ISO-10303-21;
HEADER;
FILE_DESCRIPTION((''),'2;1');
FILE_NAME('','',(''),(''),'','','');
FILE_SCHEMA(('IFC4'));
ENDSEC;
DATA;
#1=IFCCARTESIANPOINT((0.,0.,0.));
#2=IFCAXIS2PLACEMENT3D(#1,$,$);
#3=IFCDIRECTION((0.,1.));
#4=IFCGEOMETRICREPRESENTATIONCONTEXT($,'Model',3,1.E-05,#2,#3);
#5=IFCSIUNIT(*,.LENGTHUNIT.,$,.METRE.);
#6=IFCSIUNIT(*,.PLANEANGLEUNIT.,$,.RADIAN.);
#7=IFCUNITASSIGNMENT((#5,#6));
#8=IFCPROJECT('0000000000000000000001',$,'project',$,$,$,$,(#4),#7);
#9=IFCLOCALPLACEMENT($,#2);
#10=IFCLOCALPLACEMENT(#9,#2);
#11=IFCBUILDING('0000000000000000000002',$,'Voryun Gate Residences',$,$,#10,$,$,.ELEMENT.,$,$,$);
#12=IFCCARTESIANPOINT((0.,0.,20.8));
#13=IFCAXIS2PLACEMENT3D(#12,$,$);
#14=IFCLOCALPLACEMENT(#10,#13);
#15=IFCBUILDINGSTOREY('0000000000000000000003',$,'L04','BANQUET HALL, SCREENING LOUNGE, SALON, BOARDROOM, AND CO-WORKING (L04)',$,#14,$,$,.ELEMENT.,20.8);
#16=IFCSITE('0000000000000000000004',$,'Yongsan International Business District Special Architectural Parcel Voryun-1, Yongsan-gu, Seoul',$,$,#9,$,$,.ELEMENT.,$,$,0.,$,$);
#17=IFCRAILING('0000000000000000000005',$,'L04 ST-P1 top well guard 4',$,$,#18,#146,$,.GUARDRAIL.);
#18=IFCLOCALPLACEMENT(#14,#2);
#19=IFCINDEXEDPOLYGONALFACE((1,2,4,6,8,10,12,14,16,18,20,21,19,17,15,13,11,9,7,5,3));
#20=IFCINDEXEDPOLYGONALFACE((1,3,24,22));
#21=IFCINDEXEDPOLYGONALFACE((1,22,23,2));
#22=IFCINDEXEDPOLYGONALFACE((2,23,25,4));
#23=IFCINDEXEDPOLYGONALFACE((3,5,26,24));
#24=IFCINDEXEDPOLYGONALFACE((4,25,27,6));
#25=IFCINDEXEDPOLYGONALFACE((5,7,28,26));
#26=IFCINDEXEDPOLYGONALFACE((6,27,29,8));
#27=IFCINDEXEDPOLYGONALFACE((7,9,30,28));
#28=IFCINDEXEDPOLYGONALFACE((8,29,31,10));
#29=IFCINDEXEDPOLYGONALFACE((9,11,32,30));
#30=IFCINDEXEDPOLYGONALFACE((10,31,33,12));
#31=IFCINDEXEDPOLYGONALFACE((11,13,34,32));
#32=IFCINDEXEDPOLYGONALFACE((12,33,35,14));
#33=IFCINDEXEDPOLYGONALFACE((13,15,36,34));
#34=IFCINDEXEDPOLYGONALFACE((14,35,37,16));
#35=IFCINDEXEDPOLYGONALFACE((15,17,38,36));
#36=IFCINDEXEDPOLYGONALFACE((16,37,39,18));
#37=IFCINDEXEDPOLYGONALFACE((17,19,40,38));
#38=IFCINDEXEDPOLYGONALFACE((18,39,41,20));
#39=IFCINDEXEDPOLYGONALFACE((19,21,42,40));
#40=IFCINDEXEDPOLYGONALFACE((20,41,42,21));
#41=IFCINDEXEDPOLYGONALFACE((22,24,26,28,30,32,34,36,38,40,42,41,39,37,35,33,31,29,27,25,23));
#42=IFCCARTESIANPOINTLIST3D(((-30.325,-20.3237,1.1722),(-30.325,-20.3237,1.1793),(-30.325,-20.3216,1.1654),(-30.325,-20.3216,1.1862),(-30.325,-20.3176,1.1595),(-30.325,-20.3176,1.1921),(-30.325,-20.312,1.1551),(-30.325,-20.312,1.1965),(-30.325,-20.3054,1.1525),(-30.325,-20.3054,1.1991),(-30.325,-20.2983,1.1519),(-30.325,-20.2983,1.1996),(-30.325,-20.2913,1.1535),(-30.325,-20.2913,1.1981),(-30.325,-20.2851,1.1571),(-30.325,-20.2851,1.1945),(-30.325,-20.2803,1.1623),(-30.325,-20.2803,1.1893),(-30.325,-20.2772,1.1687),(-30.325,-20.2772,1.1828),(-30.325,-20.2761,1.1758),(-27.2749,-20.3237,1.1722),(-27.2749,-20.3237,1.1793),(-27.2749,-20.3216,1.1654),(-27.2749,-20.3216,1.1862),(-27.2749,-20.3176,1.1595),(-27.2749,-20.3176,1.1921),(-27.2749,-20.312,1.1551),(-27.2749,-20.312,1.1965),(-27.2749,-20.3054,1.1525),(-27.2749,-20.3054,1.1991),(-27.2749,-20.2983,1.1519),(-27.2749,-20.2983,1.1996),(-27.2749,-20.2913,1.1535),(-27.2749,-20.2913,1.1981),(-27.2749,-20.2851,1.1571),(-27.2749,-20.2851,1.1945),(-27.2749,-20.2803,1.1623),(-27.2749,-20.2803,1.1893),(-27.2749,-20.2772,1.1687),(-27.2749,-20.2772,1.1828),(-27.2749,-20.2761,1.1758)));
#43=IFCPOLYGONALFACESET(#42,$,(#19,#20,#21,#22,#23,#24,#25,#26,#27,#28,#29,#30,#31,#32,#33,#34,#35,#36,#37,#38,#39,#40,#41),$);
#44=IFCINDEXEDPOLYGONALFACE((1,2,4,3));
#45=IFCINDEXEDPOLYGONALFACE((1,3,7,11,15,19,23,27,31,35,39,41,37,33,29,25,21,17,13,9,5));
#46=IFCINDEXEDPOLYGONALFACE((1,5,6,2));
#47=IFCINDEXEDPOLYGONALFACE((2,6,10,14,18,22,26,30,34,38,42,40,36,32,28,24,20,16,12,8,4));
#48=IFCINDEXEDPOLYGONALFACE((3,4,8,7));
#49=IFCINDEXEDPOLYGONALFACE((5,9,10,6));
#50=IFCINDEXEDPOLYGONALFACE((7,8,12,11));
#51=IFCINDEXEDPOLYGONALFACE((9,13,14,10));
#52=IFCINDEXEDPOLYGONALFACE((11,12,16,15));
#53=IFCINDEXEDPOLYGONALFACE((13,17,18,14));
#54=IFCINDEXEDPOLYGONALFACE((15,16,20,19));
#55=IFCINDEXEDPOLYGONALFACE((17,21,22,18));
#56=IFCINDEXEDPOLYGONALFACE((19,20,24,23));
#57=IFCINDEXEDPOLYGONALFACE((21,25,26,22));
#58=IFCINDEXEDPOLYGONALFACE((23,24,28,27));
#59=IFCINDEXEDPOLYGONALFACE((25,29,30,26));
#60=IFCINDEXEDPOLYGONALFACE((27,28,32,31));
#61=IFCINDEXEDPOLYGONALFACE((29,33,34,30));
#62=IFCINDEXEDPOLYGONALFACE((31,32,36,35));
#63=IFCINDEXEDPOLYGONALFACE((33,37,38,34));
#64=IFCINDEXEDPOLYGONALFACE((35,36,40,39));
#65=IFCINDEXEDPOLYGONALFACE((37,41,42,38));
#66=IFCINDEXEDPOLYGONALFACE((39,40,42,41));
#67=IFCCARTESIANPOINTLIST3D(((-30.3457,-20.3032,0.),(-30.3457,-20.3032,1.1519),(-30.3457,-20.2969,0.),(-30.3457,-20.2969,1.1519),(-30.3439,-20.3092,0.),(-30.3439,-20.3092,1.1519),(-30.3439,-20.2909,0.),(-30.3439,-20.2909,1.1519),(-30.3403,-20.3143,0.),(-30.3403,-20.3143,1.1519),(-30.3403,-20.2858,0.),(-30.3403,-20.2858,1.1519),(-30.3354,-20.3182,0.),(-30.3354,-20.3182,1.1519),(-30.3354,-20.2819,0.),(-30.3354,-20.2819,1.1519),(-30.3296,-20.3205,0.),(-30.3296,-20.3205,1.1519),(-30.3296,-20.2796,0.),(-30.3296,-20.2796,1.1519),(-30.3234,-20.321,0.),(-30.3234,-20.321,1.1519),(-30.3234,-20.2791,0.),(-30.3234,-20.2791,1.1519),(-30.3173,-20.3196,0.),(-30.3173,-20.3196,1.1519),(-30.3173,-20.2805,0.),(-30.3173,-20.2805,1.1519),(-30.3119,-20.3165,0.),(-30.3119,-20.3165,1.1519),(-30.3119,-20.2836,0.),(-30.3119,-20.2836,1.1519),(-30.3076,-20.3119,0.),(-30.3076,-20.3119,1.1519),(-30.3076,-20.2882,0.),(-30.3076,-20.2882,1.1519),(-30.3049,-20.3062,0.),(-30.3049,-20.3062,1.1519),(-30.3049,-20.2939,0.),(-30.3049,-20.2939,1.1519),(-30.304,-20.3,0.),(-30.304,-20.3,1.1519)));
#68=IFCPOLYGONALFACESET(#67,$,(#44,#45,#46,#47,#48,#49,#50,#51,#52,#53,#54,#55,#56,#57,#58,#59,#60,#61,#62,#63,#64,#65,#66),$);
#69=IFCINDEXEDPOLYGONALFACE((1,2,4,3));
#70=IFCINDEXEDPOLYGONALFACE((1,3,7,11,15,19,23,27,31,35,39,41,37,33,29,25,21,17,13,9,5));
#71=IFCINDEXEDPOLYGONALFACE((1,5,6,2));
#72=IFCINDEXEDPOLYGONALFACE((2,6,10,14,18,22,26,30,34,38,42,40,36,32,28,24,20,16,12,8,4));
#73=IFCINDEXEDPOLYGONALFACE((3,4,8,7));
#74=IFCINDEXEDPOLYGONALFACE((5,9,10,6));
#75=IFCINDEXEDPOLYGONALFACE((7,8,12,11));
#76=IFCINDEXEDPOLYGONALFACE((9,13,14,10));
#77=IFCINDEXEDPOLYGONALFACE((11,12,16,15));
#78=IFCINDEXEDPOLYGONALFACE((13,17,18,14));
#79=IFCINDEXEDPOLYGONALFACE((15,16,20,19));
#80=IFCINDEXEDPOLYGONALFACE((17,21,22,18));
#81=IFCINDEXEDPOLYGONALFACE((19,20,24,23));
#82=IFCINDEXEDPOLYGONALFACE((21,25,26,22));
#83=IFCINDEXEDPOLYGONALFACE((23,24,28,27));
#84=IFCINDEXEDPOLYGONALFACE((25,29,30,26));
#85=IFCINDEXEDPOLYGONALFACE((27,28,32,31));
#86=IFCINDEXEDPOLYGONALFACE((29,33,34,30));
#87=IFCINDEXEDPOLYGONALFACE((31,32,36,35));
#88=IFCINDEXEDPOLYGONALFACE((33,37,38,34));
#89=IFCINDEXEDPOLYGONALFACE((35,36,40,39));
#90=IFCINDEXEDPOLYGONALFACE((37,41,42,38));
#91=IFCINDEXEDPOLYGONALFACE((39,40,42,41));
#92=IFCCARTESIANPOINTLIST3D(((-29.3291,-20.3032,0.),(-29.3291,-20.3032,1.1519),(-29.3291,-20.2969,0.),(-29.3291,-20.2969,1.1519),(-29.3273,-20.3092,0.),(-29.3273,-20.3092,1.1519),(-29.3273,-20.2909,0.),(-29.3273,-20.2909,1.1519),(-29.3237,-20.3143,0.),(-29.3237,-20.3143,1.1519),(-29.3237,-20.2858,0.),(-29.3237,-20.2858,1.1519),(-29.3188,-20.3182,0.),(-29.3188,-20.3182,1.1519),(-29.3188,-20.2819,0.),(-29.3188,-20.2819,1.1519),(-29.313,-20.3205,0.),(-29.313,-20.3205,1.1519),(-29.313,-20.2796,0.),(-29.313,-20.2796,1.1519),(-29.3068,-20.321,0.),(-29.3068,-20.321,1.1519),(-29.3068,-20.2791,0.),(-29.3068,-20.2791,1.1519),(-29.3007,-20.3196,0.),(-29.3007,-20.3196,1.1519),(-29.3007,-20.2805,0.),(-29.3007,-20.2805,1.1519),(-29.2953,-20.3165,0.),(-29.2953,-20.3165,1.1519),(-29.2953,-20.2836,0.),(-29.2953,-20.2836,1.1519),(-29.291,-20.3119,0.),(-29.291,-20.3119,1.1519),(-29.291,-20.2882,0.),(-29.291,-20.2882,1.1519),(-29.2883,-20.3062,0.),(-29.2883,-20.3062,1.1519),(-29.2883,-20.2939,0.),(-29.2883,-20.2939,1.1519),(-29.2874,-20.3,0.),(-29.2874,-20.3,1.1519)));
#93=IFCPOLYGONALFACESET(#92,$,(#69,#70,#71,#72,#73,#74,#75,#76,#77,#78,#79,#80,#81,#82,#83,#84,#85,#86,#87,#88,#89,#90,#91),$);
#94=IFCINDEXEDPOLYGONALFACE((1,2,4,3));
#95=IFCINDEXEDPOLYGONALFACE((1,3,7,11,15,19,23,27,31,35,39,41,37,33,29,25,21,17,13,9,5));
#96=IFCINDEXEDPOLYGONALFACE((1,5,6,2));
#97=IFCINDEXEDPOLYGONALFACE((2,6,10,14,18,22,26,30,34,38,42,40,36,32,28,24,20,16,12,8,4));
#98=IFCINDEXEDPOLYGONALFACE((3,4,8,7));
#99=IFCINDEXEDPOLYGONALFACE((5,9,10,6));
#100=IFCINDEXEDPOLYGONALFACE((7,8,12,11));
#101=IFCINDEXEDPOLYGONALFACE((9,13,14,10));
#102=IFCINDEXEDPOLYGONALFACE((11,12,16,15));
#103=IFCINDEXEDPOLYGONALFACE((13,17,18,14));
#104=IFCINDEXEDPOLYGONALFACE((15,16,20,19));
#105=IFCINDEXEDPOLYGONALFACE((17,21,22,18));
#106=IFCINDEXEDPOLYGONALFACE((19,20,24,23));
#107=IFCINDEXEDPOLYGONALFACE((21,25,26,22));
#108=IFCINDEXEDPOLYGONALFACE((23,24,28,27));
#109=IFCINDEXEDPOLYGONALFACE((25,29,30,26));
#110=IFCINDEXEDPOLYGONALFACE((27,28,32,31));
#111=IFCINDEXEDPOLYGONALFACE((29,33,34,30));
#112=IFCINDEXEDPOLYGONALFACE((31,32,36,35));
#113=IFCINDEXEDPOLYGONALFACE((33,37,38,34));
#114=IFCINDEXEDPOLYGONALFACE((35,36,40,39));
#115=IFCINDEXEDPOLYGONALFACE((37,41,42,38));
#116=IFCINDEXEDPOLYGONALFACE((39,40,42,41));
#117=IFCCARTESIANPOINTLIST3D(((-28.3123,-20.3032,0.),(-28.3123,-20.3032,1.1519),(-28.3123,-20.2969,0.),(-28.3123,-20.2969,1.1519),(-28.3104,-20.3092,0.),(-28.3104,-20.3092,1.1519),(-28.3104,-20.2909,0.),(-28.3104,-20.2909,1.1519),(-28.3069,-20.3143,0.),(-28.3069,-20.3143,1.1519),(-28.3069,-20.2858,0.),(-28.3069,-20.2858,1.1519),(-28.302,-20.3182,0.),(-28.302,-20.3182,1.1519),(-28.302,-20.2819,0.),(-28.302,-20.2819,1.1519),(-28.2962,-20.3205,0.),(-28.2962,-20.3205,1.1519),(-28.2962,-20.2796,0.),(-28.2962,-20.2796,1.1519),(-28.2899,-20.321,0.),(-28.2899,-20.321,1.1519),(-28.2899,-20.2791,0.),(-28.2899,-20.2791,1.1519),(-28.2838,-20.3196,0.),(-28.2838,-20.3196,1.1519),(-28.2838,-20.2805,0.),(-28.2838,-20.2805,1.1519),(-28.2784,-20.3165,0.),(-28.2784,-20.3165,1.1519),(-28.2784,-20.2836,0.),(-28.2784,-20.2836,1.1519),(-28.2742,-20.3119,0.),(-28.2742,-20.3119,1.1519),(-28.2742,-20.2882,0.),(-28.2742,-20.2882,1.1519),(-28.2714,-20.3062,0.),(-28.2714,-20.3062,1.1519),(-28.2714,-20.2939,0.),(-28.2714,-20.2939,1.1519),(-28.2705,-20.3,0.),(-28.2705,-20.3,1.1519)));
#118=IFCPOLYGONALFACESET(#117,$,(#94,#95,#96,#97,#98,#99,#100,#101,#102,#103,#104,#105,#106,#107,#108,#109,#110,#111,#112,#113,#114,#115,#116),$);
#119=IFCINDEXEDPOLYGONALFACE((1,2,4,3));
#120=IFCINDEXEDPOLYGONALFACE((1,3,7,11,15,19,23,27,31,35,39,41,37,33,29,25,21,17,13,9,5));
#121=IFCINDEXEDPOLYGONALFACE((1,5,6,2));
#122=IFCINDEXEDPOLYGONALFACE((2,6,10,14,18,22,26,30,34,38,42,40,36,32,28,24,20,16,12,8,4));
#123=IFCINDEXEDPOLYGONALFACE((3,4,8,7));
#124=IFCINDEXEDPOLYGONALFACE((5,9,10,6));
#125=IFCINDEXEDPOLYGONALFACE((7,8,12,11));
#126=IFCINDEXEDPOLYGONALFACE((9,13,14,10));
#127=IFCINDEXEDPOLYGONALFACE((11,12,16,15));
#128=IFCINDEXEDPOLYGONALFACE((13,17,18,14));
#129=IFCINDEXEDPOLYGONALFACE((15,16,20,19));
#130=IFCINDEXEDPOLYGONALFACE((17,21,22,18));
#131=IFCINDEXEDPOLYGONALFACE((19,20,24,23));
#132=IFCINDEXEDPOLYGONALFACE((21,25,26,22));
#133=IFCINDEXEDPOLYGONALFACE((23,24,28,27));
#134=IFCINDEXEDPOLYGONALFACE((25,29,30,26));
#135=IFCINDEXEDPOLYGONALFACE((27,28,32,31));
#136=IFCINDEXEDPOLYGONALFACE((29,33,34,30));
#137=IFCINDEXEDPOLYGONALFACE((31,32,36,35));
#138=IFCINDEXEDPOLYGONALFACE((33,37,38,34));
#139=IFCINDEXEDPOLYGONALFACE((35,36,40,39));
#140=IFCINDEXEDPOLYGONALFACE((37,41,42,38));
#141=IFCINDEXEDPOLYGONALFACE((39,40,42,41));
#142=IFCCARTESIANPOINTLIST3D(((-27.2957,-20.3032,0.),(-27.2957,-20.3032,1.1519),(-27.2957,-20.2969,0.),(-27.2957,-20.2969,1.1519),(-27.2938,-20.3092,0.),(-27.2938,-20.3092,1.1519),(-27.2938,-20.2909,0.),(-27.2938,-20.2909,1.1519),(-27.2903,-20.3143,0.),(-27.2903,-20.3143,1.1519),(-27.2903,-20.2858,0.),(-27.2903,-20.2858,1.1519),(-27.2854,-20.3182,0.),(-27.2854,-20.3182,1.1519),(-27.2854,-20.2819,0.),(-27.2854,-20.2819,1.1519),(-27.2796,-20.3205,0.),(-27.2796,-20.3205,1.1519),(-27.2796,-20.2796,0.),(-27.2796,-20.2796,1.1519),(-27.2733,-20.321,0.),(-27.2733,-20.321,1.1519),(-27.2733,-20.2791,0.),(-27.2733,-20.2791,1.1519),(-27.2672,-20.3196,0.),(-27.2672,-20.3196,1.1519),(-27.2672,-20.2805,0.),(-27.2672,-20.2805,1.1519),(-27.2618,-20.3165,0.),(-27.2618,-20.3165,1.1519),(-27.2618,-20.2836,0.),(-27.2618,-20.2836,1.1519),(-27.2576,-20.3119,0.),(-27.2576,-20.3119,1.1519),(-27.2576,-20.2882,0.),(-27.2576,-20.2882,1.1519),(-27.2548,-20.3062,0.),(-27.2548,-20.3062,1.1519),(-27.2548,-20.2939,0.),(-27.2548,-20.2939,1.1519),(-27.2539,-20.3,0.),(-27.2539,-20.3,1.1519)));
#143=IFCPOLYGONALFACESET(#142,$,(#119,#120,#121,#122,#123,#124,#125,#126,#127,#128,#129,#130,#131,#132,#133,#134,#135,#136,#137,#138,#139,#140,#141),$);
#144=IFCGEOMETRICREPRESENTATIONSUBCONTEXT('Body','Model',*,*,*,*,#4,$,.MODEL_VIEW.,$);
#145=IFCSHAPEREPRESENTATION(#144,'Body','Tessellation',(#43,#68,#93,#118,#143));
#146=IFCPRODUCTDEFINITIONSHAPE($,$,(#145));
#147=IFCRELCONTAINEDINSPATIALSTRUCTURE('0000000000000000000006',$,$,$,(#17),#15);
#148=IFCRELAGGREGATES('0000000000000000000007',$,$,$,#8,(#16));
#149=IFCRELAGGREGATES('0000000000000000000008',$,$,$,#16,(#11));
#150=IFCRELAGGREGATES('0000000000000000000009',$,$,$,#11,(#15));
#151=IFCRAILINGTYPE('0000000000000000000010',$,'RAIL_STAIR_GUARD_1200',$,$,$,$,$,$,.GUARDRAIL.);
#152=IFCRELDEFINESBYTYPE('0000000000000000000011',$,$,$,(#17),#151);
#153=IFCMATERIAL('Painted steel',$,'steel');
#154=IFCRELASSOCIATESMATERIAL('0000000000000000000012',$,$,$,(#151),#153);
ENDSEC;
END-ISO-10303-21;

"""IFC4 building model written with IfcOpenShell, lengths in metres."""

from ifc_helpers import new_model, si_unit, direction, frame, origin, origin_2d, place, context, subcontext, project, spatial, circle, extrude, material, type_object, element, save


model = new_model("IFC4")

# Units and contexts
model_context = context("Model", 3, precision=1e-05, world=origin(), true_north=direction((0.0, 1.0)))
body_context = subcontext(model_context, "Body", "Model", "MODEL_VIEW")
ifc_project = project(units=[si_unit("LENGTHUNIT", "METRE"), si_unit("PLANEANGLEUNIT", "RADIAN")], contexts=[model_context])

# Site, building, storey
site_placement = place(None, origin())
site = spatial("IfcSite", under=ifc_project, at=site_placement, Name="Yongsan International Business District Special Architectural Parcel Voryun-1, Yongsan-gu, Seoul", CompositionType="ELEMENT", RefElevation=0.0)
building_placement = place(site_placement, origin())
building = spatial("IfcBuilding", under=site, at=building_placement, Name="Voryun Gate Residences", CompositionType="ELEMENT")
storey_placement = place(building_placement, frame((0.0, 0.0, 20.8)))
storey = spatial("IfcBuildingStorey", under=building, at=storey_placement, Name="L04", Description="BANQUET HALL, SCREENING LOUNGE, SALON, BOARDROOM, AND CO-WORKING (L04)", CompositionType="ELEMENT", Elevation=20.8)

# Railing
ifc_material_1 = material(Name="Painted steel", Category="steel")
railing_type = type_object("IfcRailingType", Name="RAIL_STAIR_GUARD_1200", PredefinedType="GUARDRAIL", material=ifc_material_1)
railing_1_placement = place(storey_placement, frame((-30.325, -20.3, 0.0)))
element("IfcRailing", 1, at=railing_1_placement, inside=storey, type_object=railing_type, Name="L04 ST-P1 top well guard 4", PredefinedType="GUARDRAIL", context=body_context, shape_type="SweptSolid", body=[
    extrude(circle(Radius=0.0239, at=origin_2d()), frame((0.0, 0.0, 1.1758), z_axis=(1.0, 0.0, 0.0), x_axis=(0.0, 1.0, 0.0)), (0.0, 0.0, 1.0), 3.05),
    extrude(circle(Radius=0.021, at=origin_2d()), origin(), (0.0, 0.0, 1.0), 1.1519),
    extrude(circle(Radius=0.021, at=origin_2d()), frame((1.0166, 0.0, 0.0)), (0.0, 0.0, 1.0), 1.1519),
    extrude(circle(Radius=0.021, at=origin_2d()), frame((2.0334, 0.0, 0.0)), (0.0, 0.0, 1.0), 1.1519),
    extrude(circle(Radius=0.021, at=origin_2d()), frame((3.05, 0.0, 0.0)), (0.0, 0.0, 1.0), 1.1519),
])

save(model, "model.ifc")
